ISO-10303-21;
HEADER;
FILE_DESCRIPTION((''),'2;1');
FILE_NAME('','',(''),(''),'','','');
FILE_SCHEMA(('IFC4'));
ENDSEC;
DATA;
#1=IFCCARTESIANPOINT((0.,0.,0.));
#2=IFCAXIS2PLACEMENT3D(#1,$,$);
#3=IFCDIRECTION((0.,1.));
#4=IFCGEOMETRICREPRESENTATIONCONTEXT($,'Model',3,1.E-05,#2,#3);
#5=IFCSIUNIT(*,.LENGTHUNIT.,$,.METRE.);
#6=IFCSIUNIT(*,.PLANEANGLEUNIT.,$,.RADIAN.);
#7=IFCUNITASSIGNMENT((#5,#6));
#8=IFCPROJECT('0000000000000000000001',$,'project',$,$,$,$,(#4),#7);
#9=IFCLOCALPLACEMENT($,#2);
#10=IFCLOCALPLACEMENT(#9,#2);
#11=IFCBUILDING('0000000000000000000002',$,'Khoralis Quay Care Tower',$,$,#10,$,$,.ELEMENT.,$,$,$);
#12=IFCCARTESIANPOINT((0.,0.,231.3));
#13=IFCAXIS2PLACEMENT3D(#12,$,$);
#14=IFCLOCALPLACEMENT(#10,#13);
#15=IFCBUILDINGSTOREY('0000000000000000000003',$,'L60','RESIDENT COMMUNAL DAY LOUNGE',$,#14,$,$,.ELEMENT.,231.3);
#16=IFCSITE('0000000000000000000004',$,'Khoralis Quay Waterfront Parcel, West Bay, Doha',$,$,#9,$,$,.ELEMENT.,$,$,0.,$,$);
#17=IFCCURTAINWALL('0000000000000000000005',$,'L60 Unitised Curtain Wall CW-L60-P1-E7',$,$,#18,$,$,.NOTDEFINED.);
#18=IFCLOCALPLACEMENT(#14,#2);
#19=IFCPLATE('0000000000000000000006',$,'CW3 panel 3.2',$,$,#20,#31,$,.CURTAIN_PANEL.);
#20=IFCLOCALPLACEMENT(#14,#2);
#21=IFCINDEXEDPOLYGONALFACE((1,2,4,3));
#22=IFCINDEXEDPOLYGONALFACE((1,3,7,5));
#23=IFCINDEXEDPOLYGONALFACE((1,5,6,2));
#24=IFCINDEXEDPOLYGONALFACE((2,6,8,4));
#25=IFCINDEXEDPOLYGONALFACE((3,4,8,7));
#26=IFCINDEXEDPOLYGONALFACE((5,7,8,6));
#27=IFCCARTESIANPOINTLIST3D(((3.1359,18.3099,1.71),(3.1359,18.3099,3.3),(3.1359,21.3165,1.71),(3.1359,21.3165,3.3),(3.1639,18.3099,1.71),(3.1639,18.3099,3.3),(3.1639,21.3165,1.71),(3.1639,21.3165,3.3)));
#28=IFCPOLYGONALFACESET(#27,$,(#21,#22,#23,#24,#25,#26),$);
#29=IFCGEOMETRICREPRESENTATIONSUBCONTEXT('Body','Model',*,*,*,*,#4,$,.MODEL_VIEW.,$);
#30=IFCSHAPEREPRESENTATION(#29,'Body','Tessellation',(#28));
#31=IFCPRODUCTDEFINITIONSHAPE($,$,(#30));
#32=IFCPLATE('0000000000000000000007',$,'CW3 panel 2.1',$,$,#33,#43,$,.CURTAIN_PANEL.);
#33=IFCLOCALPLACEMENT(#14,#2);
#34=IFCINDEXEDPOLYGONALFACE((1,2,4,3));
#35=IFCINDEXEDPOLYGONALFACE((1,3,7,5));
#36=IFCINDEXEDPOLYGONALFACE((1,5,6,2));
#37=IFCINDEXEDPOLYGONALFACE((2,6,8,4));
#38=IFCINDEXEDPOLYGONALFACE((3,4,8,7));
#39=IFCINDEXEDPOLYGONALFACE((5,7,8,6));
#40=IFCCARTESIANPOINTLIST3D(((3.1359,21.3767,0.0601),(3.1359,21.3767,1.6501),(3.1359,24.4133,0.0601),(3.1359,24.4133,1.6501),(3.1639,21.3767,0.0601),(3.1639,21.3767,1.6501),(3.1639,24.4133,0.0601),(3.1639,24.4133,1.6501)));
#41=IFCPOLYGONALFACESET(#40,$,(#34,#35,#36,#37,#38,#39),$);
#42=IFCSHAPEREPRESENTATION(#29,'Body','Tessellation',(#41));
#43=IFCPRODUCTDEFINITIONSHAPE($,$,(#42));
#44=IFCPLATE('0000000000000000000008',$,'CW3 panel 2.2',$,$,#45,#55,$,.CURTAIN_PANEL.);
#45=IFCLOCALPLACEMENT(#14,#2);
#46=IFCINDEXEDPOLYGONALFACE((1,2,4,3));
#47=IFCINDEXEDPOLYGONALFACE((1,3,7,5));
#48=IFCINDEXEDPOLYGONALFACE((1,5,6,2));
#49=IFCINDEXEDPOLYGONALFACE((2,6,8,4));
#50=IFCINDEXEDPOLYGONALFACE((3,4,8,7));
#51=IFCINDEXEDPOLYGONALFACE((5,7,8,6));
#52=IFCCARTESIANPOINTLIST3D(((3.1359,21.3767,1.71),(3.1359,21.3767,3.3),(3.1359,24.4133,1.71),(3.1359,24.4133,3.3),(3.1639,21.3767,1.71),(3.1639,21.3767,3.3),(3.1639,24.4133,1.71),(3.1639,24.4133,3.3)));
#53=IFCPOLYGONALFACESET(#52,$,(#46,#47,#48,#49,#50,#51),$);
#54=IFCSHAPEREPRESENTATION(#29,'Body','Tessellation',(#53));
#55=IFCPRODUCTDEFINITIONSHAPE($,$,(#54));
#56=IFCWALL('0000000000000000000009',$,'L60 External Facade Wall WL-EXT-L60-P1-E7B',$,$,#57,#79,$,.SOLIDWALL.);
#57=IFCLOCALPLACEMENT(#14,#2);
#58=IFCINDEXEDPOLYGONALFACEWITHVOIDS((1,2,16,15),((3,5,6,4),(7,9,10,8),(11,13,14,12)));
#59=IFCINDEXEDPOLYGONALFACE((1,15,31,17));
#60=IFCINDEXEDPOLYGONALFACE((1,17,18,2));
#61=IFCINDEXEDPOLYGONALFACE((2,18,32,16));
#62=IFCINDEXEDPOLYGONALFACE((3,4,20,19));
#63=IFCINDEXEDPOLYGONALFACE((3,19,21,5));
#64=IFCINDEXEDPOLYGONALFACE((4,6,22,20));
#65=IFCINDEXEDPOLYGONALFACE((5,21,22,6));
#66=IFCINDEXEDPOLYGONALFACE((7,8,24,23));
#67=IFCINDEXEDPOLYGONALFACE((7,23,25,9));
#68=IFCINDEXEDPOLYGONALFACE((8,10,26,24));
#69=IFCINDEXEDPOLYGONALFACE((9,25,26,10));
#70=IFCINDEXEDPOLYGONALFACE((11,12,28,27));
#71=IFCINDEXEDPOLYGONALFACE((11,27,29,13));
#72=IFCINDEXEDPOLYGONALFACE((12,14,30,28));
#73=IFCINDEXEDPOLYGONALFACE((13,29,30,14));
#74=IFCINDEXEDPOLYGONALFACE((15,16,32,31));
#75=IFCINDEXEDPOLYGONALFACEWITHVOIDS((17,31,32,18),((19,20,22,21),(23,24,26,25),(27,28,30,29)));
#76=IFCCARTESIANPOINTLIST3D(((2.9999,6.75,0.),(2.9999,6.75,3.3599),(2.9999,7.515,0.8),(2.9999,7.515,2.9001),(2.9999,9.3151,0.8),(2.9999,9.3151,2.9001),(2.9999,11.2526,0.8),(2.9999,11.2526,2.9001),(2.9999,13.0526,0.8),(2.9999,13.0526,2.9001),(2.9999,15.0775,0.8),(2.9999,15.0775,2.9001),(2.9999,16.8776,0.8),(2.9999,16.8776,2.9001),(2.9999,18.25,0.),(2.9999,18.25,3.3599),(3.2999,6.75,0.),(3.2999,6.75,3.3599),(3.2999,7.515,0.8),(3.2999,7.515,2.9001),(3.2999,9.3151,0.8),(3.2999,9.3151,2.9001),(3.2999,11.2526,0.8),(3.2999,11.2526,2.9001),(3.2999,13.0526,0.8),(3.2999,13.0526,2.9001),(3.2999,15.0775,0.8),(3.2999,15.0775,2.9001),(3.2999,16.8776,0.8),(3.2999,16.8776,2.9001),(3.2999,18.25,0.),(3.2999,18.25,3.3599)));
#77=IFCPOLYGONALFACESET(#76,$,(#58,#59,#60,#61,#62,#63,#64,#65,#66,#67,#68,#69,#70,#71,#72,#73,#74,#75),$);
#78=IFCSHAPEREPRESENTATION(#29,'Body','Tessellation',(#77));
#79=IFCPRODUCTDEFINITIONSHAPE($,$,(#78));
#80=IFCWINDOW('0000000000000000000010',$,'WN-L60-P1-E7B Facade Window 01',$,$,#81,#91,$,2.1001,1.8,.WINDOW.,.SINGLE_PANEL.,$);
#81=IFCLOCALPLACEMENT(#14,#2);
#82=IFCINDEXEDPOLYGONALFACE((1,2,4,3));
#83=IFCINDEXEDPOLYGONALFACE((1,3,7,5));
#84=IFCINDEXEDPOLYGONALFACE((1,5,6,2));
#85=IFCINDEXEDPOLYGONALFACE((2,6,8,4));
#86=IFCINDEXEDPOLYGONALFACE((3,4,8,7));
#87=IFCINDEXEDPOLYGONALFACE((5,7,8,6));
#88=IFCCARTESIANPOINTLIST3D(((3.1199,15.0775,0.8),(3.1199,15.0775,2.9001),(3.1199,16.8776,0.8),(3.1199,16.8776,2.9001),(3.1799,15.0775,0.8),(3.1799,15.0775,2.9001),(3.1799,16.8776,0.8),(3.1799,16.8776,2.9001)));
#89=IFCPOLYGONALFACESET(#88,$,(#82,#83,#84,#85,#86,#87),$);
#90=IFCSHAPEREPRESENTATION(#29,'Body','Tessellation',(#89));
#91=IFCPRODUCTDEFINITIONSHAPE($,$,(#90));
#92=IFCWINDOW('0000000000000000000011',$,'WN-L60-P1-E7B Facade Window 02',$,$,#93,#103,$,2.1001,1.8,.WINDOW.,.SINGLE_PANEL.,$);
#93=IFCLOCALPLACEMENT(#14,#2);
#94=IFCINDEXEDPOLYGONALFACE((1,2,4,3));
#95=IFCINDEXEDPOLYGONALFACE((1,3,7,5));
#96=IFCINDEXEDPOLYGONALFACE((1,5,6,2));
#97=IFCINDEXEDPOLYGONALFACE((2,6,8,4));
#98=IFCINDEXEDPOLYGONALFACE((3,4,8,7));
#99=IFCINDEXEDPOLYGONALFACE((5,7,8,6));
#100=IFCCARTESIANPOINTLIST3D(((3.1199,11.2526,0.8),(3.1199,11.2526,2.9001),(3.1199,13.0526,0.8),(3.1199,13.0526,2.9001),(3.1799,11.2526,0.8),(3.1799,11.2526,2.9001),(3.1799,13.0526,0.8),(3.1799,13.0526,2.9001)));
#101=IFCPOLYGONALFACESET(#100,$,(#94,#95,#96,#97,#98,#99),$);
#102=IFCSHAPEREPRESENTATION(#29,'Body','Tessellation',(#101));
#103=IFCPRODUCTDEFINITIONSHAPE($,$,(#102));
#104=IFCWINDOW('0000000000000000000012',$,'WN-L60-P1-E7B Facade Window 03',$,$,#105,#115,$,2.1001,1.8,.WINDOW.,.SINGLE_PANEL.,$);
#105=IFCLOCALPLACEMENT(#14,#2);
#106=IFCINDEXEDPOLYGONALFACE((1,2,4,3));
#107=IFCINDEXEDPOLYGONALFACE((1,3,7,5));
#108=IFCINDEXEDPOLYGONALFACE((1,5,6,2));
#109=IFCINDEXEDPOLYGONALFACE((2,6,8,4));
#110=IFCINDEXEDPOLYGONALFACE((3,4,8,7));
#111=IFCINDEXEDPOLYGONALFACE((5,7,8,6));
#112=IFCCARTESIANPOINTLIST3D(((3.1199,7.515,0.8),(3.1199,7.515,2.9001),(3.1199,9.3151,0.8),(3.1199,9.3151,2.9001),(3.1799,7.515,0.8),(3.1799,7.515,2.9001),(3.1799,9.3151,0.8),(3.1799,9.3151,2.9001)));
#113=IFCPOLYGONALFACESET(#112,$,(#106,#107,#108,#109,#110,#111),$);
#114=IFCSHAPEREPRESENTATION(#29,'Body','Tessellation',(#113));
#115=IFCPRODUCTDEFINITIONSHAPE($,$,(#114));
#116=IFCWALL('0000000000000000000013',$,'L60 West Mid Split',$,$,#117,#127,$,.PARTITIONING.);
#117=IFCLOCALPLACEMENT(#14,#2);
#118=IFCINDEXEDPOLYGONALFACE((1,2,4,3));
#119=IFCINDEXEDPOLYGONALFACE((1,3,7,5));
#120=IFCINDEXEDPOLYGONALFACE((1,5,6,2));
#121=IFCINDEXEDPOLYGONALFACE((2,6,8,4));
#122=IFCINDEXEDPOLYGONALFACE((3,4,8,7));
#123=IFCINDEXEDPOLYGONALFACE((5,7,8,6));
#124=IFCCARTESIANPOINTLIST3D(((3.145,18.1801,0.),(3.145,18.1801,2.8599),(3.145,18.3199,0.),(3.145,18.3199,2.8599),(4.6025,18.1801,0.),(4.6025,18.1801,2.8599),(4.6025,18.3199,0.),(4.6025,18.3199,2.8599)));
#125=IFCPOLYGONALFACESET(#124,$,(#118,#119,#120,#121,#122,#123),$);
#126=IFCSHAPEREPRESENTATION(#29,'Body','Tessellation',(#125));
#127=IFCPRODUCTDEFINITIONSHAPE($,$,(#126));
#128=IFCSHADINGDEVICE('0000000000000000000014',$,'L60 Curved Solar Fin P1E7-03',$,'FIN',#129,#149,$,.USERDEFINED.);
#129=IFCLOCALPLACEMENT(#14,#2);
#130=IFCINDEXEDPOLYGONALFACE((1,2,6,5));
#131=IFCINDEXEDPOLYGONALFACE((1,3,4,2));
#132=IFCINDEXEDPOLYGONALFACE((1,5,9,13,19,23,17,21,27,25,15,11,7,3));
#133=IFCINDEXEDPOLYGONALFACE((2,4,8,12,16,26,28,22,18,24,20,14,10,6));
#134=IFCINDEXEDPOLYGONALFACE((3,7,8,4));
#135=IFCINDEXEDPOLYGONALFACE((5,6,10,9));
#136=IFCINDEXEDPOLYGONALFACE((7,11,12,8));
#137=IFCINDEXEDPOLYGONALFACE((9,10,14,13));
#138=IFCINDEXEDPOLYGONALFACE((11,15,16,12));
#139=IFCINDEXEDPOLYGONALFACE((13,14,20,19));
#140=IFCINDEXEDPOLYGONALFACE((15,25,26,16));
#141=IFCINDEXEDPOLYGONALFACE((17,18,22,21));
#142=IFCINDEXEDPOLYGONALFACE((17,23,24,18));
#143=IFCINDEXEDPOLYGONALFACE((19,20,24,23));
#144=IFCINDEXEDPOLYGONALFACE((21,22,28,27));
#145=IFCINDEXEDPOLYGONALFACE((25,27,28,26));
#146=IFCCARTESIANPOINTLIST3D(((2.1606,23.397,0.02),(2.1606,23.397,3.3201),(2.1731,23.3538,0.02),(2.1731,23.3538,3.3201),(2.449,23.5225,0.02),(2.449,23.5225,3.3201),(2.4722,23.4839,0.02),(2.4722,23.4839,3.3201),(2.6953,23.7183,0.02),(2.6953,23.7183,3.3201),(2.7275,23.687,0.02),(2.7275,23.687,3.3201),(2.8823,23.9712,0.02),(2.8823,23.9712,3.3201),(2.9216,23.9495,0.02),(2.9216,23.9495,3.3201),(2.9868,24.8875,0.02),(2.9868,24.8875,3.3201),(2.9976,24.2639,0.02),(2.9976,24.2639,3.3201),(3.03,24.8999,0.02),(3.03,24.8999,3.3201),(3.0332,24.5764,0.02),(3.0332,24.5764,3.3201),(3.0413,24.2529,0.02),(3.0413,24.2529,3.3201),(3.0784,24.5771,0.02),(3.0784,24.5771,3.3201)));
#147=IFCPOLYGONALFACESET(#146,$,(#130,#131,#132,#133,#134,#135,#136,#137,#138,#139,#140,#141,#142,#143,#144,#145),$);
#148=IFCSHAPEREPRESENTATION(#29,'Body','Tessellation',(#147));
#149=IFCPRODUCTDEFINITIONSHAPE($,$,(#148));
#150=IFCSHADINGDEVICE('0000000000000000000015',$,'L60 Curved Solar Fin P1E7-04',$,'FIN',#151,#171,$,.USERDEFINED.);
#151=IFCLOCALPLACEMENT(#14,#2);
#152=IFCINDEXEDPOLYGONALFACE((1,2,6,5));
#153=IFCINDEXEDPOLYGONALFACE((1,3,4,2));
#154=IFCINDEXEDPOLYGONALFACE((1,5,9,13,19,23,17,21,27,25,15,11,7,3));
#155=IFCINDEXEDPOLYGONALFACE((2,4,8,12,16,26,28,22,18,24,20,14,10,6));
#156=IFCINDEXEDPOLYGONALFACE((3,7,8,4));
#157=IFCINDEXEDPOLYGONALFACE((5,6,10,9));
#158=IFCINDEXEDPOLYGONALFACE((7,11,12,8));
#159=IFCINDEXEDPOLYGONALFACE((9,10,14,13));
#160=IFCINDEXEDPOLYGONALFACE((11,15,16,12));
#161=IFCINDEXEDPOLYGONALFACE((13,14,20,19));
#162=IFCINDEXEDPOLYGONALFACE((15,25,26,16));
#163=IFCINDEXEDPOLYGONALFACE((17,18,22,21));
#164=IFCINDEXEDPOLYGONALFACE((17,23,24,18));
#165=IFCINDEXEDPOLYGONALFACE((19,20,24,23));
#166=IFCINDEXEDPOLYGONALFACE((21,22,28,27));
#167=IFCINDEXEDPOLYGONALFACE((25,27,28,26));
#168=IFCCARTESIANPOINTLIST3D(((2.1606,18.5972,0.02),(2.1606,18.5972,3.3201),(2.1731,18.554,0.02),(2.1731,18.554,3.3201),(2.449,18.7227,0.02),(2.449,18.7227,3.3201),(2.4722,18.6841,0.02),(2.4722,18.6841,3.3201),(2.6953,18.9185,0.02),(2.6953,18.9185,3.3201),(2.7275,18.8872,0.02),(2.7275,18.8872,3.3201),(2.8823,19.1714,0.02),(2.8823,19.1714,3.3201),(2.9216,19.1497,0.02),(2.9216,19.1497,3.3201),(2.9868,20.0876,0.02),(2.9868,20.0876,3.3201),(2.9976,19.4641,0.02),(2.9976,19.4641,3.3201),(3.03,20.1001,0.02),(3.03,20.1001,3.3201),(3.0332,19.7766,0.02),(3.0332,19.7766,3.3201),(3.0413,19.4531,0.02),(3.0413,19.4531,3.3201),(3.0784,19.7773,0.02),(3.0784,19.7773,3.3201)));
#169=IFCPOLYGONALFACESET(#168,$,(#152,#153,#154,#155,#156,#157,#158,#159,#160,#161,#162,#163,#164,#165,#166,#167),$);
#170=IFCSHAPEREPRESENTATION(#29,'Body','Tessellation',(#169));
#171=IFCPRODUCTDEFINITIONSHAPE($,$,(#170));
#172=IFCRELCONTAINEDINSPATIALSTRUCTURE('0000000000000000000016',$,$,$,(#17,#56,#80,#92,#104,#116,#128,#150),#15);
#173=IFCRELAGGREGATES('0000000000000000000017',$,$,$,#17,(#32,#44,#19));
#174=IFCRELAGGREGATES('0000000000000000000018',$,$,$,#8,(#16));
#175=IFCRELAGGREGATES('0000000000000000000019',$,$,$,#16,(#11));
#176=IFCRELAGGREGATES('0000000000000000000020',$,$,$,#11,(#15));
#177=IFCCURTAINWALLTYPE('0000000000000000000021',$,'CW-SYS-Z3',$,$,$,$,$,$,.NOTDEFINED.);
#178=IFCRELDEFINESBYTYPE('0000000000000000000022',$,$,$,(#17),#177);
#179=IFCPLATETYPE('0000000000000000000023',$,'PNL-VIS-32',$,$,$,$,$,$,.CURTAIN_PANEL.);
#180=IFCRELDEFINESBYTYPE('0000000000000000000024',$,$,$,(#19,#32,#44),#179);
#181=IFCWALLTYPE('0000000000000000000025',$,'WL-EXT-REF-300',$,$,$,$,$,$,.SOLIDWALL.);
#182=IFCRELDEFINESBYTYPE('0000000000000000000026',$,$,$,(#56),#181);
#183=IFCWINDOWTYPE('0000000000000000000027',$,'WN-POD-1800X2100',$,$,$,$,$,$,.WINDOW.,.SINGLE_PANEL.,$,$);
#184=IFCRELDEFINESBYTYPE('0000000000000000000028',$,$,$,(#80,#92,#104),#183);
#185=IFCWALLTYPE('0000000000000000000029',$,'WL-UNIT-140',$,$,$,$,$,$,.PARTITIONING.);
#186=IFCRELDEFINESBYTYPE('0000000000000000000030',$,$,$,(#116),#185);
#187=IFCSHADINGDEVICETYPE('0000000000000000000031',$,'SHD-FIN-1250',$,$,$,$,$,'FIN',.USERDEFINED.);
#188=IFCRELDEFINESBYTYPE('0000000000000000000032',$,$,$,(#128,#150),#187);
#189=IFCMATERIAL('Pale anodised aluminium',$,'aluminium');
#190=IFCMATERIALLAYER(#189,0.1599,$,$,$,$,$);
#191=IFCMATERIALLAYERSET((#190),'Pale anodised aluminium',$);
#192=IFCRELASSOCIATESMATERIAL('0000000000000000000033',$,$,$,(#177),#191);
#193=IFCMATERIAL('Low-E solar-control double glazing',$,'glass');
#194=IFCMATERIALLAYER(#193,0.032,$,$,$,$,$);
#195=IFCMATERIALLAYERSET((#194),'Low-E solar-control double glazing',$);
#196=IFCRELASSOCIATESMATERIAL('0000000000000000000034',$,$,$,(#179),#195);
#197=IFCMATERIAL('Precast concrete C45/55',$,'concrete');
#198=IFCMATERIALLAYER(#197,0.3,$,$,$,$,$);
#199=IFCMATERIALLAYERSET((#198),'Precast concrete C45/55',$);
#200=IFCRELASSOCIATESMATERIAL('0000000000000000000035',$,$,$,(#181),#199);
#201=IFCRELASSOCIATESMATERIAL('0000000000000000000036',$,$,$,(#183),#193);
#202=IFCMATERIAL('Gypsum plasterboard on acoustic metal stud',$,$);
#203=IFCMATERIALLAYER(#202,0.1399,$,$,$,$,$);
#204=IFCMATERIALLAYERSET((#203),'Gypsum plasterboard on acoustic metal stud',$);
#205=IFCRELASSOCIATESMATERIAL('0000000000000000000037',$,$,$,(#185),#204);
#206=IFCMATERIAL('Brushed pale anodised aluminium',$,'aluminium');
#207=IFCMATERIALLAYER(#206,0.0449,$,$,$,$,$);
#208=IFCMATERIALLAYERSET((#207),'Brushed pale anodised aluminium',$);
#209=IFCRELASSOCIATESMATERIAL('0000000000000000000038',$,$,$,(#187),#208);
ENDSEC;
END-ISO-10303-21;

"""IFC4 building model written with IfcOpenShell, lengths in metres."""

from ifc_helpers import new_model, si_unit, direction, frame, frame_2d, origin, origin_2d, place, context, subcontext, project, spatial, polyline, rectangle, outline, extrude, source, transform, mapped, material, layer, layer_set, type_object, element, fill, aggregate, save


model = new_model("IFC4")

# Units and contexts
model_context = context("Model", 3, precision=1e-05, world=origin(), true_north=direction((0.0, 1.0)))
body_context = subcontext(model_context, "Body", "Model", "MODEL_VIEW")
ifc_project = project(units=[si_unit("LENGTHUNIT", "METRE"), si_unit("PLANEANGLEUNIT", "RADIAN")], contexts=[model_context])

# Site, building, storey
site_placement = place(None, origin())
site = spatial("IfcSite", under=ifc_project, at=site_placement, Name="Khoralis Quay Waterfront Parcel, West Bay, Doha", CompositionType="ELEMENT", RefElevation=0.0)
building_placement = place(site_placement, origin())
building = spatial("IfcBuilding", under=site, at=building_placement, Name="Khoralis Quay Care Tower", CompositionType="ELEMENT")
storey_placement = place(building_placement, frame((0.0, 0.0, 231.3)))
storey = spatial("IfcBuildingStorey", under=building, at=storey_placement, Name="L60", Description="RESIDENT COMMUNAL DAY LOUNGE", CompositionType="ELEMENT", Elevation=231.3)

# Curtain wall, plates
ifc_material_1 = material(Name="Pale anodised aluminium", Category="aluminium")
ifc_layer_1 = layer(ifc_material_1, 0.1599)
ifc_layer_set_1 = layer_set([ifc_layer_1], Name="Pale anodised aluminium")
curtain_wall_type = type_object("IfcCurtainWallType", Name="CW-SYS-Z3", PredefinedType="NOTDEFINED", material=ifc_layer_set_1)
curtain_wall_placement = place(storey_placement, origin())
curtain_wall = element("IfcCurtainWall", 1, at=curtain_wall_placement, inside=storey, type_object=curtain_wall_type, Name="L60 Unitised Curtain Wall CW-L60-P1-E7", PredefinedType="NOTDEFINED")
ifc_material_2 = material(Name="Low-E solar-control double glazing", Category="glass")
ifc_layer_2 = layer(ifc_material_2, 0.032)
ifc_layer_set_2 = layer_set([ifc_layer_2], Name="Low-E solar-control double glazing")
plate_type = type_object("IfcPlateType", Name="PNL-VIS-32", PredefinedType="CURTAIN_PANEL", material=ifc_layer_set_2)
shared_shape_1 = source(origin(), body_context, "Body", "SweptSolid", [
    extrude(rectangle(XDim=3.0066, YDim=0.0281, at=origin_2d()), origin(), (0.0, 0.0, 1.0), 1.5901),
])
plate_1_placement = place(storey_placement, frame((3.1499, 19.8132, 1.71), z_axis=(0.0, 0.0, 1.0), x_axis=(0.0, -1.0, 0.0)))
plate_1 = element("IfcPlate", 2, at=plate_1_placement, type_object=plate_type, Name="CW3 panel 3.2", PredefinedType="CURTAIN_PANEL", context=body_context, shape_type="MappedRepresentation", body=[
    mapped(shared_shape_1, transform((0.0, 0.0, 0.0), scale=1.0)),
])
shared_shape_2 = source(origin(), body_context, "Body", "SweptSolid", [
    extrude(rectangle(XDim=3.0366, YDim=0.0281, at=origin_2d()), origin(), (0.0, 0.0, 1.0), 1.5901),
])
plate_2_placement = place(storey_placement, frame((3.1499, 22.895, 0.0601), z_axis=(0.0, 0.0, 1.0), x_axis=(0.0, -1.0, 0.0)))
plate_2 = element("IfcPlate", 3, at=plate_2_placement, type_object=plate_type, Name="CW3 panel 2.1", PredefinedType="CURTAIN_PANEL", context=body_context, shape_type="MappedRepresentation", body=[
    mapped(shared_shape_2, transform((0.0, 0.0, 0.0), scale=1.0)),
])
plate_3_placement = place(storey_placement, frame((3.1499, 22.895, 1.71), z_axis=(0.0, 0.0, 1.0), x_axis=(0.0, -1.0, 0.0)))
plate_3 = element("IfcPlate", 4, at=plate_3_placement, type_object=plate_type, Name="CW3 panel 2.2", PredefinedType="CURTAIN_PANEL", context=body_context, shape_type="MappedRepresentation", body=[
    mapped(shared_shape_2, transform((0.0, 0.0, 0.0), scale=1.0)),
])
aggregate(curtain_wall, [plate_2, plate_3, plate_1])

# Wall, openings, windows
ifc_material_3 = material(Name="Precast concrete C45/55", Category="concrete")
ifc_layer_3 = layer(ifc_material_3, 0.3)
ifc_layer_set_3 = layer_set([ifc_layer_3], Name="Precast concrete C45/55")
wall_type_1 = type_object("IfcWallType", Name="WL-EXT-REF-300", PredefinedType="SOLIDWALL", material=ifc_layer_set_3)
wall_1_placement = place(storey_placement, frame((3.1499, 18.25, 0.0), z_axis=(0.0, 0.0, 1.0), x_axis=(0.0, -1.0, 0.0)))
wall_1 = element("IfcWall", 5, at=wall_1_placement, inside=storey, type_object=wall_type_1, Name="L60 External Facade Wall WL-EXT-L60-P1-E7B", PredefinedType="SOLIDWALL", context=body_context, shape_type="SweptSolid", body=[
    extrude(rectangle(XDim=11.5, YDim=0.3, at=frame_2d((5.75, 0.0))), origin(), (0.0, 0.0, 1.0), 3.3599),
])
opening_1_placement = place(wall_1_placement, frame((1.3726, 0.0, 0.8)))
opening_1 = element("IfcOpeningElement", 6, at=opening_1_placement, cuts=wall_1, PredefinedType="OPENING", context=body_context, shape_type="SweptSolid", body=[
    extrude(rectangle(XDim=1.8, YDim=2.1001, at=frame_2d((0.8999, 1.05))), frame((0.0, 0.1602, 0.0), z_axis=(0.0, -1.0, 0.0), x_axis=(1.0, 0.0, 0.0)), (0.0, 0.0, 1.0), 0.3201),
])
opening_2_placement = place(wall_1_placement, frame((5.1975, 0.0, 0.8)))
opening_2 = element("IfcOpeningElement", 7, at=opening_2_placement, cuts=wall_1, PredefinedType="OPENING", context=body_context, shape_type="SweptSolid", body=[
    extrude(rectangle(XDim=1.8, YDim=2.1001, at=frame_2d((0.8999, 1.05))), frame((0.0, 0.1602, 0.0), z_axis=(0.0, -1.0, 0.0), x_axis=(1.0, 0.0, 0.0)), (0.0, 0.0, 1.0), 0.3201),
])
opening_3_placement = place(wall_1_placement, frame((8.9351, 0.0, 0.8)))
opening_3 = element("IfcOpeningElement", 8, at=opening_3_placement, cuts=wall_1, PredefinedType="OPENING", context=body_context, shape_type="SweptSolid", body=[
    extrude(rectangle(XDim=1.8, YDim=2.1001, at=frame_2d((0.8999, 1.05))), frame((0.0, 0.1602, 0.0), z_axis=(0.0, -1.0, 0.0), x_axis=(1.0, 0.0, 0.0)), (0.0, 0.0, 1.0), 0.3201),
])
window_type = type_object("IfcWindowType", Name="WN-POD-1800X2100", PartitioningType="SINGLE_PANEL", PredefinedType="WINDOW", material=ifc_material_2)
shared_shape_3 = source(origin(), body_context, "Body", "SweptSolid", [
    extrude(rectangle(XDim=1.8, YDim=2.1001, at=frame_2d((0.8999, 1.05))), frame((0.0, 0.03, 0.0), z_axis=(0.0, -1.0, 0.0), x_axis=(1.0, 0.0, 0.0)), (0.0, 0.0, 1.0), 0.0601),
])
window_1_placement = place(opening_1_placement, origin())
window_1 = element("IfcWindow", 9, at=window_1_placement, inside=storey, type_object=window_type, Name="WN-L60-P1-E7B Facade Window 01", OverallHeight=2.1001, OverallWidth=1.8, PartitioningType="SINGLE_PANEL", PredefinedType="WINDOW", context=body_context, shape_type="MappedRepresentation", body=[
    mapped(shared_shape_3, transform((0.0, 0.0, 0.0), scale=1.0)),
])
fill(opening_1, window_1)
window_2_placement = place(opening_2_placement, origin())
window_2 = element("IfcWindow", 10, at=window_2_placement, inside=storey, type_object=window_type, Name="WN-L60-P1-E7B Facade Window 02", OverallHeight=2.1001, OverallWidth=1.8, PartitioningType="SINGLE_PANEL", PredefinedType="WINDOW", context=body_context, shape_type="MappedRepresentation", body=[
    mapped(shared_shape_3, transform((0.0, 0.0, 0.0), scale=1.0)),
])
fill(opening_2, window_2)
window_3_placement = place(opening_3_placement, origin())
window_3 = element("IfcWindow", 11, at=window_3_placement, inside=storey, type_object=window_type, Name="WN-L60-P1-E7B Facade Window 03", OverallHeight=2.1001, OverallWidth=1.8, PartitioningType="SINGLE_PANEL", PredefinedType="WINDOW", context=body_context, shape_type="MappedRepresentation", body=[
    mapped(shared_shape_3, transform((0.0, 0.0, 0.0), scale=1.0)),
])
fill(opening_3, window_3)

# Wall
ifc_material_4 = material(Name="Gypsum plasterboard on acoustic metal stud")
ifc_layer_4 = layer(ifc_material_4, 0.1399)
ifc_layer_set_4 = layer_set([ifc_layer_4], Name="Gypsum plasterboard on acoustic metal stud")
wall_type_2 = type_object("IfcWallType", Name="WL-UNIT-140", PredefinedType="PARTITIONING", material=ifc_layer_set_4)
wall_2_placement = place(storey_placement, frame((3.145, 18.25, 0.0), z_axis=(0.0, 0.0, 1.0), x_axis=(1.0, 0.0, 0.0)))
element("IfcWall", 12, at=wall_2_placement, inside=storey, type_object=wall_type_2, Name="L60 West Mid Split", PredefinedType="PARTITIONING", context=body_context, shape_type="SweptSolid", body=[
    extrude(rectangle(XDim=1.4575, YDim=0.1399, at=frame_2d((0.7288, 0.0))), origin(), (0.0, 0.0, 1.0), 2.8599),
])

# Shading devices
ifc_material_5 = material(Name="Brushed pale anodised aluminium", Category="aluminium")
ifc_layer_5 = layer(ifc_material_5, 0.0449)
ifc_layer_set_5 = layer_set([ifc_layer_5], Name="Brushed pale anodised aluminium")
shading_device_type = type_object("IfcShadingDeviceType", Name="SHD-FIN-1250", ElementType="FIN", PredefinedType="USERDEFINED", material=ifc_layer_set_5)
shared_shape_4 = source(origin(), body_context, "Body", "SweptSolid", [
    extrude(outline(polyline([(0.0, 0.0), (-0.0483, 0.3228), (-0.0112, 0.647), (0.1084, 0.9504), (0.3025, 1.2129), (0.5579, 1.416), (0.8569, 1.5461), (0.8694, 1.5029), (0.5811, 1.3774), (0.3347, 1.1816), (0.1477, 0.9287), (0.0325, 0.636), (-0.0032, 0.3235), (0.0432, 0.0125), (0.0, 0.0)])), origin(), (0.0, 0.0, 1.0), 3.3),
])
for number, where, z_axis, x_axis, name in (
    (13, (3.03, 24.8999, 0.02), (0.0, 0.0, 1.0), (-1.0, 0.0, 0.0), "L60 Curved Solar Fin P1E7-03"),
    (14, (3.03, 20.1001, 0.02), (0.0, 0.0, 1.0), (-1.0, 0.0, 0.0), "L60 Curved Solar Fin P1E7-04"),
):
    element("IfcShadingDevice", number, at=place(storey_placement, frame(where, z_axis=z_axis, x_axis=x_axis)), inside=storey, type_object=shading_device_type, Name=name, ObjectType="FIN", PredefinedType="USERDEFINED", context=body_context, shape_type="MappedRepresentation", body=[
        mapped(shared_shape_4, transform((0.0, 0.0, 0.0), scale=1.0)),
    ])

save(model, "model.ifc")
